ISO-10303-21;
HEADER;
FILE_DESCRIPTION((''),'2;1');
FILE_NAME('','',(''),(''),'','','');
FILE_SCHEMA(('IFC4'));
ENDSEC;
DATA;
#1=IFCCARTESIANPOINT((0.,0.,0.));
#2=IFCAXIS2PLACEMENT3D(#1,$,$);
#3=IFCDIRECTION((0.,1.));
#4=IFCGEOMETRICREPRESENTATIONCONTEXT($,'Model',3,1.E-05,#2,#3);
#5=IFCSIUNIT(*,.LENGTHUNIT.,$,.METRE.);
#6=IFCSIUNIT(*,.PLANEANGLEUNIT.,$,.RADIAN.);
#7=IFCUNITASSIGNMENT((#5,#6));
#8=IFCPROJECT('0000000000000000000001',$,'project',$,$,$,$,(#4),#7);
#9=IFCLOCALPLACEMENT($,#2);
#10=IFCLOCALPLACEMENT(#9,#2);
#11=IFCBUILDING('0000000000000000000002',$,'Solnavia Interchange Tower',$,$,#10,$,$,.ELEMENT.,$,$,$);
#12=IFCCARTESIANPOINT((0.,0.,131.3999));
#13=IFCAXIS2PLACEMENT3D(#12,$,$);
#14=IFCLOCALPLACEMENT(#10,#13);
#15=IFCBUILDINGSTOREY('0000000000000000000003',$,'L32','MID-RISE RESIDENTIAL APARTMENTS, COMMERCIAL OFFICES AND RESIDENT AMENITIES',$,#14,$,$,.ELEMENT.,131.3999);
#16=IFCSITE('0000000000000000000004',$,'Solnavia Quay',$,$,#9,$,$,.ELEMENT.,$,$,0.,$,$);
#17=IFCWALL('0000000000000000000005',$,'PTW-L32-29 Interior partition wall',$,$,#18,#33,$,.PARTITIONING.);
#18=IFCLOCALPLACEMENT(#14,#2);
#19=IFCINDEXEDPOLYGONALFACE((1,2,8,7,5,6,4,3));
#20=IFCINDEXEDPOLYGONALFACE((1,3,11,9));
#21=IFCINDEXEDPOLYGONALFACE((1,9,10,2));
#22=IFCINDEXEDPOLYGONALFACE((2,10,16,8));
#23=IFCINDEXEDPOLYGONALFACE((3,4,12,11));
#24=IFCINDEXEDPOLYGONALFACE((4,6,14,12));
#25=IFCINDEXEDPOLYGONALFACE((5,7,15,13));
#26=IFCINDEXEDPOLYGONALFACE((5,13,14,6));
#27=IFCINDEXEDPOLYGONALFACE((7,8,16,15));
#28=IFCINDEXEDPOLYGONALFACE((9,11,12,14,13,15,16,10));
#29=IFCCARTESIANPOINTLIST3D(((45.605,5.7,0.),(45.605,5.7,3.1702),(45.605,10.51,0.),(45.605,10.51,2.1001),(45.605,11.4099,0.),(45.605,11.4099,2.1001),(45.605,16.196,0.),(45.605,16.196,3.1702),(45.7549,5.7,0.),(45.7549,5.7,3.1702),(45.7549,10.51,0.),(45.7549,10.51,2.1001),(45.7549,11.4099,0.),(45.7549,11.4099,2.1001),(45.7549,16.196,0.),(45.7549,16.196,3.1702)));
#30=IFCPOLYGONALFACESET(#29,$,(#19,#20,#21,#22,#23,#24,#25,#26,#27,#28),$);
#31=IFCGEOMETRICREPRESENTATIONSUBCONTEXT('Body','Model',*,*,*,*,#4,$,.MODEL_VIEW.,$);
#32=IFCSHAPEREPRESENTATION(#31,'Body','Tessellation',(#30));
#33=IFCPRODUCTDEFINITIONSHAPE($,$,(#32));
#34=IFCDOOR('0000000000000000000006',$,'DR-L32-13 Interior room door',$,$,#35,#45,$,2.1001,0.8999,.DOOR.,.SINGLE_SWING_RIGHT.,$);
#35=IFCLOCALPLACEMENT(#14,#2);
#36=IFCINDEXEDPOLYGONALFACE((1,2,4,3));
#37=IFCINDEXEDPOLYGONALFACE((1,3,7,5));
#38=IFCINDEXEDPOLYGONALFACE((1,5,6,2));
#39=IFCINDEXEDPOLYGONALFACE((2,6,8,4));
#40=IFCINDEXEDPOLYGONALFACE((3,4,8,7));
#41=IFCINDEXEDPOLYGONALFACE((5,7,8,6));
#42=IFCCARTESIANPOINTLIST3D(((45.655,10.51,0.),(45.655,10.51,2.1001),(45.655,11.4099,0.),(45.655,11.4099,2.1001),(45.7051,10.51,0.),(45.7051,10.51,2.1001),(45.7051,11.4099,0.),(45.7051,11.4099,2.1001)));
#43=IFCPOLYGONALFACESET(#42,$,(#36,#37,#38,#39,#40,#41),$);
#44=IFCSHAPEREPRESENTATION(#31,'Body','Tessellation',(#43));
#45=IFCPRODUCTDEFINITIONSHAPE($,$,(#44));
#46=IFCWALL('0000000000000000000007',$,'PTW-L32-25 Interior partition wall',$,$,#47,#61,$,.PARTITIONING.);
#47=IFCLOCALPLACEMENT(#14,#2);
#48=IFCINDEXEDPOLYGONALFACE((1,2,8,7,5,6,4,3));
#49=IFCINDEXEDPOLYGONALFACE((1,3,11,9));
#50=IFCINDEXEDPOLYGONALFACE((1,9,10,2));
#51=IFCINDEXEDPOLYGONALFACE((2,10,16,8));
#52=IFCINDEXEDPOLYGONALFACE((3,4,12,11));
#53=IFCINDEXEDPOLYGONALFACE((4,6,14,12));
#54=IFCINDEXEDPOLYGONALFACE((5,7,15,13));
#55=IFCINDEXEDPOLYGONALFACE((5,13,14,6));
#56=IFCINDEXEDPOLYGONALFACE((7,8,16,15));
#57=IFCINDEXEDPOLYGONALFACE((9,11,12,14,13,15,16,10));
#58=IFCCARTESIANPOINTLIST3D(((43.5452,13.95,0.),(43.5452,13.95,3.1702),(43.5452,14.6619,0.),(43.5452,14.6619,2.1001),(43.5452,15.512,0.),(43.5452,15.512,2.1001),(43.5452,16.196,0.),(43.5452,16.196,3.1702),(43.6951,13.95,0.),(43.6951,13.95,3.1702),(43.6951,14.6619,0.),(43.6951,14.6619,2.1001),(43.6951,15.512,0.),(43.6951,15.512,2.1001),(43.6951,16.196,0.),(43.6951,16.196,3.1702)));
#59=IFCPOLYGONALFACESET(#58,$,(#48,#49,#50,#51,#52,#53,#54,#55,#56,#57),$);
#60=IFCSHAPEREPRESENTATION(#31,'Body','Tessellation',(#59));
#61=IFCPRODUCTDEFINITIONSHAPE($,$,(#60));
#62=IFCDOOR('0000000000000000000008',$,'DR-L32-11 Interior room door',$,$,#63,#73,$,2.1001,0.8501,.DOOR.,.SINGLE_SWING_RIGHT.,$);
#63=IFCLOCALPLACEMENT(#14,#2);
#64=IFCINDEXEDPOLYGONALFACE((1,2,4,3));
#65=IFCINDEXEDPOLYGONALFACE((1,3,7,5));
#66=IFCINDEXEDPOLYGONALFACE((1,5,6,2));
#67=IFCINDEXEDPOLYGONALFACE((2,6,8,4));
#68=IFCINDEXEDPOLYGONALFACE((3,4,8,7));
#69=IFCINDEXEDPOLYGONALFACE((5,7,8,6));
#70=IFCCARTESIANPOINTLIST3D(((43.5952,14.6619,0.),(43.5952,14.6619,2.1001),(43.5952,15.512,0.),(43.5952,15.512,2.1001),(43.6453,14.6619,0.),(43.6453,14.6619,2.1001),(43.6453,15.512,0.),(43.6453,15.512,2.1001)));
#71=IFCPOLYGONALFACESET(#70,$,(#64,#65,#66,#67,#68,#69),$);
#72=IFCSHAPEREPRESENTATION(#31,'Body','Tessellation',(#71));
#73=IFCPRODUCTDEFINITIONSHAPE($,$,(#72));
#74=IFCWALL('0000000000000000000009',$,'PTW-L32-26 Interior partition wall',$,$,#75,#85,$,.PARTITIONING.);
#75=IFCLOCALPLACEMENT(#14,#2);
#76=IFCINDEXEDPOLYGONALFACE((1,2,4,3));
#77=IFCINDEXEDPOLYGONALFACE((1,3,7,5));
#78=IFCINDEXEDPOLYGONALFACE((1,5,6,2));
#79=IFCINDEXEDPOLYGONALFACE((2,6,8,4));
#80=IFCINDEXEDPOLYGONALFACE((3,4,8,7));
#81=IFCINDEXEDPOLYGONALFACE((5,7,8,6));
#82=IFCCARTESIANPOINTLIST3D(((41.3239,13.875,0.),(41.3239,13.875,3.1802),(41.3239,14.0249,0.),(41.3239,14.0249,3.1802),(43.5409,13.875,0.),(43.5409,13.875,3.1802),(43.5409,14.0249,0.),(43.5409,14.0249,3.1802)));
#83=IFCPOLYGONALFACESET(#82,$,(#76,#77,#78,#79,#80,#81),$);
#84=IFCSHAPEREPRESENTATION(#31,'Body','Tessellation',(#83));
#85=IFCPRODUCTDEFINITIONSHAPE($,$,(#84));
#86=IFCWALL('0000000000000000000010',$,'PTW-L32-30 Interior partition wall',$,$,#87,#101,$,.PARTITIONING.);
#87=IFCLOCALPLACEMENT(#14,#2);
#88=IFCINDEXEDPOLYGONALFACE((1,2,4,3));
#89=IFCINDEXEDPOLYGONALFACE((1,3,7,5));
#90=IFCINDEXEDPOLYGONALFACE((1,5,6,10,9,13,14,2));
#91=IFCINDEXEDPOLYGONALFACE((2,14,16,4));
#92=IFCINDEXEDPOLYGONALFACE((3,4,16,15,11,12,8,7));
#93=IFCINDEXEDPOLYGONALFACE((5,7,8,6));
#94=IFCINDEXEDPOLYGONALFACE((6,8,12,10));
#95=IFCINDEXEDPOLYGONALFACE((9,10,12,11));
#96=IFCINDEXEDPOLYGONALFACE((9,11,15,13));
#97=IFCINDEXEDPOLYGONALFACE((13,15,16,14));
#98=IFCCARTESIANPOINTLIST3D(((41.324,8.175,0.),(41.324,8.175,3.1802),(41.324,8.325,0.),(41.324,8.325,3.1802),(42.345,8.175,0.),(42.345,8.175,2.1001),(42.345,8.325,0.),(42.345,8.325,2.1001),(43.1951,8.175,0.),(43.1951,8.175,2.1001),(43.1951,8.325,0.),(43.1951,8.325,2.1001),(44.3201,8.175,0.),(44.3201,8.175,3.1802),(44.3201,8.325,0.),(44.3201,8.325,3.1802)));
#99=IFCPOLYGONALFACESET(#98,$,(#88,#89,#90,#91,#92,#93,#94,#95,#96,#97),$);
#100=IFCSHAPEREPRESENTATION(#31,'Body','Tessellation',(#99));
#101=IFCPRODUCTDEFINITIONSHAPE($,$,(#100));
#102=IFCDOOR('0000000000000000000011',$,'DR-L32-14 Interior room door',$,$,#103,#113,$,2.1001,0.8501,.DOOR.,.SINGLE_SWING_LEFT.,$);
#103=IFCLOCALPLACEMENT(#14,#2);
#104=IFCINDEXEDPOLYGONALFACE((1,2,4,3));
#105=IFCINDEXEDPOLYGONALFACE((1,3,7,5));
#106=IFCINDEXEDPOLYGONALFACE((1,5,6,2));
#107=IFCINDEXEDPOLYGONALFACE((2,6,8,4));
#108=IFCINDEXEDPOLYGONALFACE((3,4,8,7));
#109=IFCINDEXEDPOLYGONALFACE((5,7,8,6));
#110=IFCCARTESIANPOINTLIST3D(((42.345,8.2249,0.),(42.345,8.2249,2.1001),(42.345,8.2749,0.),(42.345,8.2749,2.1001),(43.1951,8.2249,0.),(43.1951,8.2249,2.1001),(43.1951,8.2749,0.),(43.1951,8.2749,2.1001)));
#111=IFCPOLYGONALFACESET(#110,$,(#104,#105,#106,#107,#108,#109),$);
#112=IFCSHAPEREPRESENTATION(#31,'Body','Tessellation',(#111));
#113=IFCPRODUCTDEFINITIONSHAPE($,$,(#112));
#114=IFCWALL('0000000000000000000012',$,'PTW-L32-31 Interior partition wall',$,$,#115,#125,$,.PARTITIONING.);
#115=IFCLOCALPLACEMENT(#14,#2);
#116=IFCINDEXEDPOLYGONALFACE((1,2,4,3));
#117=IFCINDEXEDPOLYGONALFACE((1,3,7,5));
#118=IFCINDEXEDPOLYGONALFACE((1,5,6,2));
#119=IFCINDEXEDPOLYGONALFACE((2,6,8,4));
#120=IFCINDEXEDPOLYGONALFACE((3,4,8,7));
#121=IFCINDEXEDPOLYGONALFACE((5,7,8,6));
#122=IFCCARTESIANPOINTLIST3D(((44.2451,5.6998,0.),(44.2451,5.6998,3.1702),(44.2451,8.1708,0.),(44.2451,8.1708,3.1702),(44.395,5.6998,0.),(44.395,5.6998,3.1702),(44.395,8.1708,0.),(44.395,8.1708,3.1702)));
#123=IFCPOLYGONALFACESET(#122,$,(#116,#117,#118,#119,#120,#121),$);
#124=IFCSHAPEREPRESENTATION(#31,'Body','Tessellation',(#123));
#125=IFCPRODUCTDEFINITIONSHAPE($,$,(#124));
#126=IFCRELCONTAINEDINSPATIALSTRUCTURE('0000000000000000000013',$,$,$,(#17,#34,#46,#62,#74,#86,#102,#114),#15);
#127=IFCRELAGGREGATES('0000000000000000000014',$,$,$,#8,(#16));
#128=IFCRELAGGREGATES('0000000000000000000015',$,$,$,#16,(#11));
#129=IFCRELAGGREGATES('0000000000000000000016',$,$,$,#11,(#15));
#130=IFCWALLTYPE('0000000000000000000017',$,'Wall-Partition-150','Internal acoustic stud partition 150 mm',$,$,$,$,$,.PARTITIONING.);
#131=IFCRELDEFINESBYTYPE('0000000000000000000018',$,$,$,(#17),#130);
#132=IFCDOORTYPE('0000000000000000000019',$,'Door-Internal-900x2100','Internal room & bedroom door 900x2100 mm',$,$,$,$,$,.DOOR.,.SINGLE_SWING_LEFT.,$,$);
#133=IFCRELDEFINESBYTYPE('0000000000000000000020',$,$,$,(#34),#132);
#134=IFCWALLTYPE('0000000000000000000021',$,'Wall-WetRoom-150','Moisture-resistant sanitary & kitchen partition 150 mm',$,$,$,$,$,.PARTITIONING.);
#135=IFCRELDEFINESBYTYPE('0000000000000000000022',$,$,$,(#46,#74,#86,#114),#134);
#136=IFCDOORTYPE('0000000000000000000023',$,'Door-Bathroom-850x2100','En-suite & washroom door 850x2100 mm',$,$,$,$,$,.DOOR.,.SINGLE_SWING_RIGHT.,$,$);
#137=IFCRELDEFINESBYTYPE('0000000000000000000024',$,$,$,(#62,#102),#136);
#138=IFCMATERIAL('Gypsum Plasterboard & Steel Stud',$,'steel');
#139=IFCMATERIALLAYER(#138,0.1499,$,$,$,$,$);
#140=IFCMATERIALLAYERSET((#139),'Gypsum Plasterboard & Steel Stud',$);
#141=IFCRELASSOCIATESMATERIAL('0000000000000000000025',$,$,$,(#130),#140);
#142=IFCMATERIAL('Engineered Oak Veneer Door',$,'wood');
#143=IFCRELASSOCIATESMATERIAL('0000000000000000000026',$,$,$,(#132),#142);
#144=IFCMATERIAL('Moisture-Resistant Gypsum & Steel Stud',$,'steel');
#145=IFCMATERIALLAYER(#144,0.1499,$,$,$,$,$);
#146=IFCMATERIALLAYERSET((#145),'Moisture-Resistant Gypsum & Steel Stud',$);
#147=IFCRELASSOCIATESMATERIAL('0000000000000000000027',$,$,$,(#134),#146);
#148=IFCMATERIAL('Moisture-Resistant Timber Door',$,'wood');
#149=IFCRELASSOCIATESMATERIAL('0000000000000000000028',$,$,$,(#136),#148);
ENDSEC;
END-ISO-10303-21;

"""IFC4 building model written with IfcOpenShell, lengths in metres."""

from ifc_helpers import new_model, si_unit, direction, frame, frame_2d, origin, place, context, subcontext, project, spatial, rectangle, extrude, material, layer, layer_set, type_object, element, fill, save


model = new_model("IFC4")

# Units and contexts
model_context = context("Model", 3, precision=1e-05, world=origin(), true_north=direction((0.0, 1.0)))
body_context = subcontext(model_context, "Body", "Model", "MODEL_VIEW")
ifc_project = project(units=[si_unit("LENGTHUNIT", "METRE"), si_unit("PLANEANGLEUNIT", "RADIAN")], contexts=[model_context])

# Site, building, storey
site_placement = place(None, origin())
site = spatial("IfcSite", under=ifc_project, at=site_placement, Name="Solnavia Quay", CompositionType="ELEMENT", RefElevation=0.0)
building_placement = place(site_placement, origin())
building = spatial("IfcBuilding", under=site, at=building_placement, Name="Solnavia Interchange Tower", CompositionType="ELEMENT")
storey_placement = place(building_placement, frame((0.0, 0.0, 131.3999)))
storey = spatial("IfcBuildingStorey", under=building, at=storey_placement, Name="L32", Description="MID-RISE RESIDENTIAL APARTMENTS, COMMERCIAL OFFICES AND RESIDENT AMENITIES", CompositionType="ELEMENT", Elevation=131.3999)

# Walls, openings, doors
ifc_material_1 = material(Name="Gypsum Plasterboard & Steel Stud", Category="steel")
ifc_layer_1 = layer(ifc_material_1, 0.1499)
ifc_layer_set_1 = layer_set([ifc_layer_1], Name="Gypsum Plasterboard & Steel Stud")
wall_type_1 = type_object("IfcWallType", Name="Wall-Partition-150", Description="Internal acoustic stud partition 150 mm", PredefinedType="PARTITIONING", material=ifc_layer_set_1)
wall_1_placement = place(storey_placement, frame((45.6799, 5.7, 0.0), z_axis=(0.0, 0.0, 1.0), x_axis=(0.0, 1.0, 0.0)))
wall_1 = element("IfcWall", 1, at=wall_1_placement, inside=storey, type_object=wall_type_1, Name="PTW-L32-29 Interior partition wall", PredefinedType="PARTITIONING", context=body_context, shape_type="SweptSolid", body=[
    extrude(rectangle(XDim=10.4961, YDim=0.1499, at=frame_2d((5.248, 0.0))), origin(), (0.0, 0.0, 1.0), 3.1702),
])
opening_1_placement = place(wall_1_placement, frame((4.8101, 0.0, 0.0)))
opening_1 = element("IfcOpeningElement", 2, at=opening_1_placement, cuts=wall_1, PredefinedType="OPENING", context=body_context, shape_type="SweptSolid", body=[
    extrude(rectangle(XDim=0.8999, YDim=2.1001, at=frame_2d((0.45, 1.05))), frame((0.0, 0.085, 0.0), z_axis=(0.0, -1.0, 0.0), x_axis=(1.0, 0.0, 0.0)), (0.0, 0.0, 1.0), 0.1699),
])
ifc_material_2 = material(Name="Engineered Oak Veneer Door", Category="wood")
door_type_1 = type_object("IfcDoorType", Name="Door-Internal-900x2100", Description="Internal room & bedroom door 900x2100 mm", OperationType="SINGLE_SWING_LEFT", PredefinedType="DOOR", material=ifc_material_2)
door_1_placement = place(opening_1_placement, origin())
door_1 = element("IfcDoor", 3, at=door_1_placement, inside=storey, type_object=door_type_1, Name="DR-L32-13 Interior room door", OperationType="SINGLE_SWING_RIGHT", OverallHeight=2.1001, OverallWidth=0.8999, PredefinedType="DOOR", context=body_context, shape_type="SweptSolid", body=[
    extrude(rectangle(XDim=0.8999, YDim=2.1001, at=frame_2d((0.45, 1.05))), frame((0.0, 0.0249, 0.0), z_axis=(0.0, -1.0, 0.0), x_axis=(1.0, 0.0, 0.0)), (0.0, 0.0, 1.0), 0.05),
])
fill(opening_1, door_1)
ifc_material_3 = material(Name="Moisture-Resistant Gypsum & Steel Stud", Category="steel")
ifc_layer_2 = layer(ifc_material_3, 0.1499)
ifc_layer_set_2 = layer_set([ifc_layer_2], Name="Moisture-Resistant Gypsum & Steel Stud")
wall_type_2 = type_object("IfcWallType", Name="Wall-WetRoom-150", Description="Moisture-resistant sanitary & kitchen partition 150 mm", PredefinedType="PARTITIONING", material=ifc_layer_set_2)
wall_2_placement = place(storey_placement, frame((43.6201, 13.95, 0.0), z_axis=(0.0, 0.0, 1.0), x_axis=(0.0, 1.0, 0.0)))
wall_2 = element("IfcWall", 4, at=wall_2_placement, inside=storey, type_object=wall_type_2, Name="PTW-L32-25 Interior partition wall", PredefinedType="PARTITIONING", context=body_context, shape_type="SweptSolid", body=[
    extrude(rectangle(XDim=2.2461, YDim=0.1499, at=frame_2d((1.123, 0.0))), origin(), (0.0, 0.0, 1.0), 3.1702),
])
opening_2_placement = place(wall_2_placement, frame((0.7119, 0.0, 0.0)))
opening_2 = element("IfcOpeningElement", 5, at=opening_2_placement, cuts=wall_2, PredefinedType="OPENING", context=body_context, shape_type="SweptSolid", body=[
    extrude(rectangle(XDim=0.8501, YDim=2.1001, at=frame_2d((0.425, 1.05))), frame((0.0, 0.085, 0.0), z_axis=(0.0, -1.0, 0.0), x_axis=(1.0, 0.0, 0.0)), (0.0, 0.0, 1.0), 0.1699),
])
ifc_material_4 = material(Name="Moisture-Resistant Timber Door", Category="wood")
door_type_2 = type_object("IfcDoorType", Name="Door-Bathroom-850x2100", Description="En-suite & washroom door 850x2100 mm", OperationType="SINGLE_SWING_RIGHT", PredefinedType="DOOR", material=ifc_material_4)
door_2_placement = place(opening_2_placement, origin())
door_2 = element("IfcDoor", 6, at=door_2_placement, inside=storey, type_object=door_type_2, Name="DR-L32-11 Interior room door", OperationType="SINGLE_SWING_RIGHT", OverallHeight=2.1001, OverallWidth=0.8501, PredefinedType="DOOR", context=body_context, shape_type="SweptSolid", body=[
    extrude(rectangle(XDim=0.8501, YDim=2.1001, at=frame_2d((0.425, 1.05))), frame((0.0, 0.0249, 0.0), z_axis=(0.0, -1.0, 0.0), x_axis=(1.0, 0.0, 0.0)), (0.0, 0.0, 1.0), 0.05),
])
fill(opening_2, door_2)

# Wall
wall_3_placement = place(storey_placement, frame((41.324, 13.95, 0.0), z_axis=(0.0, 0.0, 1.0), x_axis=(1.0, 0.0, 0.0)))
element("IfcWall", 7, at=wall_3_placement, inside=storey, type_object=wall_type_2, Name="PTW-L32-26 Interior partition wall", PredefinedType="PARTITIONING", context=body_context, shape_type="SweptSolid", body=[
    extrude(rectangle(XDim=2.217, YDim=0.1499, at=frame_2d((1.1084, 0.0))), origin(), (0.0, 0.0, 1.0), 3.1802),
])

# Wall, opening, door
wall_4_placement = place(storey_placement, frame((41.324, 8.25, 0.0), z_axis=(0.0, 0.0, 1.0), x_axis=(1.0, 0.0, 0.0)))
wall_4 = element("IfcWall", 8, at=wall_4_placement, inside=storey, type_object=wall_type_2, Name="PTW-L32-30 Interior partition wall", PredefinedType="PARTITIONING", context=body_context, shape_type="SweptSolid", body=[
    extrude(rectangle(XDim=2.9961, YDim=0.1499, at=frame_2d((1.498, 0.0))), origin(), (0.0, 0.0, 1.0), 3.1802),
])
opening_3_placement = place(wall_4_placement, frame((1.021, 0.0, 0.0)))
opening_3 = element("IfcOpeningElement", 9, at=opening_3_placement, cuts=wall_4, PredefinedType="OPENING", context=body_context, shape_type="SweptSolid", body=[
    extrude(rectangle(XDim=0.8501, YDim=2.1001, at=frame_2d((0.425, 1.05))), frame((0.0, 0.085, 0.0), z_axis=(0.0, -1.0, 0.0), x_axis=(1.0, 0.0, 0.0)), (0.0, 0.0, 1.0), 0.1699),
])
door_3_placement = place(opening_3_placement, origin())
door_3 = element("IfcDoor", 10, at=door_3_placement, inside=storey, type_object=door_type_2, Name="DR-L32-14 Interior room door", OperationType="SINGLE_SWING_LEFT", OverallHeight=2.1001, OverallWidth=0.8501, PredefinedType="DOOR", context=body_context, shape_type="SweptSolid", body=[
    extrude(rectangle(XDim=0.8501, YDim=2.1001, at=frame_2d((0.425, 1.05))), frame((0.0, 0.0249, 0.0), z_axis=(0.0, -1.0, 0.0), x_axis=(1.0, 0.0, 0.0)), (0.0, 0.0, 1.0), 0.05),
])
fill(opening_3, door_3)

# Wall
wall_5_placement = place(storey_placement, frame((44.3201, 5.7, 0.0), z_axis=(0.0, 0.0, 1.0), x_axis=(0.0, 1.0, 0.0)))
element("IfcWall", 11, at=wall_5_placement, inside=storey, type_object=wall_type_2, Name="PTW-L32-31 Interior partition wall", PredefinedType="PARTITIONING", context=body_context, shape_type="SweptSolid", body=[
    extrude(rectangle(XDim=2.4709, YDim=0.1499, at=frame_2d((1.2354, 0.0))), origin(), (0.0, 0.0, 1.0), 3.1702),
])

save(model, "model.ifc")
